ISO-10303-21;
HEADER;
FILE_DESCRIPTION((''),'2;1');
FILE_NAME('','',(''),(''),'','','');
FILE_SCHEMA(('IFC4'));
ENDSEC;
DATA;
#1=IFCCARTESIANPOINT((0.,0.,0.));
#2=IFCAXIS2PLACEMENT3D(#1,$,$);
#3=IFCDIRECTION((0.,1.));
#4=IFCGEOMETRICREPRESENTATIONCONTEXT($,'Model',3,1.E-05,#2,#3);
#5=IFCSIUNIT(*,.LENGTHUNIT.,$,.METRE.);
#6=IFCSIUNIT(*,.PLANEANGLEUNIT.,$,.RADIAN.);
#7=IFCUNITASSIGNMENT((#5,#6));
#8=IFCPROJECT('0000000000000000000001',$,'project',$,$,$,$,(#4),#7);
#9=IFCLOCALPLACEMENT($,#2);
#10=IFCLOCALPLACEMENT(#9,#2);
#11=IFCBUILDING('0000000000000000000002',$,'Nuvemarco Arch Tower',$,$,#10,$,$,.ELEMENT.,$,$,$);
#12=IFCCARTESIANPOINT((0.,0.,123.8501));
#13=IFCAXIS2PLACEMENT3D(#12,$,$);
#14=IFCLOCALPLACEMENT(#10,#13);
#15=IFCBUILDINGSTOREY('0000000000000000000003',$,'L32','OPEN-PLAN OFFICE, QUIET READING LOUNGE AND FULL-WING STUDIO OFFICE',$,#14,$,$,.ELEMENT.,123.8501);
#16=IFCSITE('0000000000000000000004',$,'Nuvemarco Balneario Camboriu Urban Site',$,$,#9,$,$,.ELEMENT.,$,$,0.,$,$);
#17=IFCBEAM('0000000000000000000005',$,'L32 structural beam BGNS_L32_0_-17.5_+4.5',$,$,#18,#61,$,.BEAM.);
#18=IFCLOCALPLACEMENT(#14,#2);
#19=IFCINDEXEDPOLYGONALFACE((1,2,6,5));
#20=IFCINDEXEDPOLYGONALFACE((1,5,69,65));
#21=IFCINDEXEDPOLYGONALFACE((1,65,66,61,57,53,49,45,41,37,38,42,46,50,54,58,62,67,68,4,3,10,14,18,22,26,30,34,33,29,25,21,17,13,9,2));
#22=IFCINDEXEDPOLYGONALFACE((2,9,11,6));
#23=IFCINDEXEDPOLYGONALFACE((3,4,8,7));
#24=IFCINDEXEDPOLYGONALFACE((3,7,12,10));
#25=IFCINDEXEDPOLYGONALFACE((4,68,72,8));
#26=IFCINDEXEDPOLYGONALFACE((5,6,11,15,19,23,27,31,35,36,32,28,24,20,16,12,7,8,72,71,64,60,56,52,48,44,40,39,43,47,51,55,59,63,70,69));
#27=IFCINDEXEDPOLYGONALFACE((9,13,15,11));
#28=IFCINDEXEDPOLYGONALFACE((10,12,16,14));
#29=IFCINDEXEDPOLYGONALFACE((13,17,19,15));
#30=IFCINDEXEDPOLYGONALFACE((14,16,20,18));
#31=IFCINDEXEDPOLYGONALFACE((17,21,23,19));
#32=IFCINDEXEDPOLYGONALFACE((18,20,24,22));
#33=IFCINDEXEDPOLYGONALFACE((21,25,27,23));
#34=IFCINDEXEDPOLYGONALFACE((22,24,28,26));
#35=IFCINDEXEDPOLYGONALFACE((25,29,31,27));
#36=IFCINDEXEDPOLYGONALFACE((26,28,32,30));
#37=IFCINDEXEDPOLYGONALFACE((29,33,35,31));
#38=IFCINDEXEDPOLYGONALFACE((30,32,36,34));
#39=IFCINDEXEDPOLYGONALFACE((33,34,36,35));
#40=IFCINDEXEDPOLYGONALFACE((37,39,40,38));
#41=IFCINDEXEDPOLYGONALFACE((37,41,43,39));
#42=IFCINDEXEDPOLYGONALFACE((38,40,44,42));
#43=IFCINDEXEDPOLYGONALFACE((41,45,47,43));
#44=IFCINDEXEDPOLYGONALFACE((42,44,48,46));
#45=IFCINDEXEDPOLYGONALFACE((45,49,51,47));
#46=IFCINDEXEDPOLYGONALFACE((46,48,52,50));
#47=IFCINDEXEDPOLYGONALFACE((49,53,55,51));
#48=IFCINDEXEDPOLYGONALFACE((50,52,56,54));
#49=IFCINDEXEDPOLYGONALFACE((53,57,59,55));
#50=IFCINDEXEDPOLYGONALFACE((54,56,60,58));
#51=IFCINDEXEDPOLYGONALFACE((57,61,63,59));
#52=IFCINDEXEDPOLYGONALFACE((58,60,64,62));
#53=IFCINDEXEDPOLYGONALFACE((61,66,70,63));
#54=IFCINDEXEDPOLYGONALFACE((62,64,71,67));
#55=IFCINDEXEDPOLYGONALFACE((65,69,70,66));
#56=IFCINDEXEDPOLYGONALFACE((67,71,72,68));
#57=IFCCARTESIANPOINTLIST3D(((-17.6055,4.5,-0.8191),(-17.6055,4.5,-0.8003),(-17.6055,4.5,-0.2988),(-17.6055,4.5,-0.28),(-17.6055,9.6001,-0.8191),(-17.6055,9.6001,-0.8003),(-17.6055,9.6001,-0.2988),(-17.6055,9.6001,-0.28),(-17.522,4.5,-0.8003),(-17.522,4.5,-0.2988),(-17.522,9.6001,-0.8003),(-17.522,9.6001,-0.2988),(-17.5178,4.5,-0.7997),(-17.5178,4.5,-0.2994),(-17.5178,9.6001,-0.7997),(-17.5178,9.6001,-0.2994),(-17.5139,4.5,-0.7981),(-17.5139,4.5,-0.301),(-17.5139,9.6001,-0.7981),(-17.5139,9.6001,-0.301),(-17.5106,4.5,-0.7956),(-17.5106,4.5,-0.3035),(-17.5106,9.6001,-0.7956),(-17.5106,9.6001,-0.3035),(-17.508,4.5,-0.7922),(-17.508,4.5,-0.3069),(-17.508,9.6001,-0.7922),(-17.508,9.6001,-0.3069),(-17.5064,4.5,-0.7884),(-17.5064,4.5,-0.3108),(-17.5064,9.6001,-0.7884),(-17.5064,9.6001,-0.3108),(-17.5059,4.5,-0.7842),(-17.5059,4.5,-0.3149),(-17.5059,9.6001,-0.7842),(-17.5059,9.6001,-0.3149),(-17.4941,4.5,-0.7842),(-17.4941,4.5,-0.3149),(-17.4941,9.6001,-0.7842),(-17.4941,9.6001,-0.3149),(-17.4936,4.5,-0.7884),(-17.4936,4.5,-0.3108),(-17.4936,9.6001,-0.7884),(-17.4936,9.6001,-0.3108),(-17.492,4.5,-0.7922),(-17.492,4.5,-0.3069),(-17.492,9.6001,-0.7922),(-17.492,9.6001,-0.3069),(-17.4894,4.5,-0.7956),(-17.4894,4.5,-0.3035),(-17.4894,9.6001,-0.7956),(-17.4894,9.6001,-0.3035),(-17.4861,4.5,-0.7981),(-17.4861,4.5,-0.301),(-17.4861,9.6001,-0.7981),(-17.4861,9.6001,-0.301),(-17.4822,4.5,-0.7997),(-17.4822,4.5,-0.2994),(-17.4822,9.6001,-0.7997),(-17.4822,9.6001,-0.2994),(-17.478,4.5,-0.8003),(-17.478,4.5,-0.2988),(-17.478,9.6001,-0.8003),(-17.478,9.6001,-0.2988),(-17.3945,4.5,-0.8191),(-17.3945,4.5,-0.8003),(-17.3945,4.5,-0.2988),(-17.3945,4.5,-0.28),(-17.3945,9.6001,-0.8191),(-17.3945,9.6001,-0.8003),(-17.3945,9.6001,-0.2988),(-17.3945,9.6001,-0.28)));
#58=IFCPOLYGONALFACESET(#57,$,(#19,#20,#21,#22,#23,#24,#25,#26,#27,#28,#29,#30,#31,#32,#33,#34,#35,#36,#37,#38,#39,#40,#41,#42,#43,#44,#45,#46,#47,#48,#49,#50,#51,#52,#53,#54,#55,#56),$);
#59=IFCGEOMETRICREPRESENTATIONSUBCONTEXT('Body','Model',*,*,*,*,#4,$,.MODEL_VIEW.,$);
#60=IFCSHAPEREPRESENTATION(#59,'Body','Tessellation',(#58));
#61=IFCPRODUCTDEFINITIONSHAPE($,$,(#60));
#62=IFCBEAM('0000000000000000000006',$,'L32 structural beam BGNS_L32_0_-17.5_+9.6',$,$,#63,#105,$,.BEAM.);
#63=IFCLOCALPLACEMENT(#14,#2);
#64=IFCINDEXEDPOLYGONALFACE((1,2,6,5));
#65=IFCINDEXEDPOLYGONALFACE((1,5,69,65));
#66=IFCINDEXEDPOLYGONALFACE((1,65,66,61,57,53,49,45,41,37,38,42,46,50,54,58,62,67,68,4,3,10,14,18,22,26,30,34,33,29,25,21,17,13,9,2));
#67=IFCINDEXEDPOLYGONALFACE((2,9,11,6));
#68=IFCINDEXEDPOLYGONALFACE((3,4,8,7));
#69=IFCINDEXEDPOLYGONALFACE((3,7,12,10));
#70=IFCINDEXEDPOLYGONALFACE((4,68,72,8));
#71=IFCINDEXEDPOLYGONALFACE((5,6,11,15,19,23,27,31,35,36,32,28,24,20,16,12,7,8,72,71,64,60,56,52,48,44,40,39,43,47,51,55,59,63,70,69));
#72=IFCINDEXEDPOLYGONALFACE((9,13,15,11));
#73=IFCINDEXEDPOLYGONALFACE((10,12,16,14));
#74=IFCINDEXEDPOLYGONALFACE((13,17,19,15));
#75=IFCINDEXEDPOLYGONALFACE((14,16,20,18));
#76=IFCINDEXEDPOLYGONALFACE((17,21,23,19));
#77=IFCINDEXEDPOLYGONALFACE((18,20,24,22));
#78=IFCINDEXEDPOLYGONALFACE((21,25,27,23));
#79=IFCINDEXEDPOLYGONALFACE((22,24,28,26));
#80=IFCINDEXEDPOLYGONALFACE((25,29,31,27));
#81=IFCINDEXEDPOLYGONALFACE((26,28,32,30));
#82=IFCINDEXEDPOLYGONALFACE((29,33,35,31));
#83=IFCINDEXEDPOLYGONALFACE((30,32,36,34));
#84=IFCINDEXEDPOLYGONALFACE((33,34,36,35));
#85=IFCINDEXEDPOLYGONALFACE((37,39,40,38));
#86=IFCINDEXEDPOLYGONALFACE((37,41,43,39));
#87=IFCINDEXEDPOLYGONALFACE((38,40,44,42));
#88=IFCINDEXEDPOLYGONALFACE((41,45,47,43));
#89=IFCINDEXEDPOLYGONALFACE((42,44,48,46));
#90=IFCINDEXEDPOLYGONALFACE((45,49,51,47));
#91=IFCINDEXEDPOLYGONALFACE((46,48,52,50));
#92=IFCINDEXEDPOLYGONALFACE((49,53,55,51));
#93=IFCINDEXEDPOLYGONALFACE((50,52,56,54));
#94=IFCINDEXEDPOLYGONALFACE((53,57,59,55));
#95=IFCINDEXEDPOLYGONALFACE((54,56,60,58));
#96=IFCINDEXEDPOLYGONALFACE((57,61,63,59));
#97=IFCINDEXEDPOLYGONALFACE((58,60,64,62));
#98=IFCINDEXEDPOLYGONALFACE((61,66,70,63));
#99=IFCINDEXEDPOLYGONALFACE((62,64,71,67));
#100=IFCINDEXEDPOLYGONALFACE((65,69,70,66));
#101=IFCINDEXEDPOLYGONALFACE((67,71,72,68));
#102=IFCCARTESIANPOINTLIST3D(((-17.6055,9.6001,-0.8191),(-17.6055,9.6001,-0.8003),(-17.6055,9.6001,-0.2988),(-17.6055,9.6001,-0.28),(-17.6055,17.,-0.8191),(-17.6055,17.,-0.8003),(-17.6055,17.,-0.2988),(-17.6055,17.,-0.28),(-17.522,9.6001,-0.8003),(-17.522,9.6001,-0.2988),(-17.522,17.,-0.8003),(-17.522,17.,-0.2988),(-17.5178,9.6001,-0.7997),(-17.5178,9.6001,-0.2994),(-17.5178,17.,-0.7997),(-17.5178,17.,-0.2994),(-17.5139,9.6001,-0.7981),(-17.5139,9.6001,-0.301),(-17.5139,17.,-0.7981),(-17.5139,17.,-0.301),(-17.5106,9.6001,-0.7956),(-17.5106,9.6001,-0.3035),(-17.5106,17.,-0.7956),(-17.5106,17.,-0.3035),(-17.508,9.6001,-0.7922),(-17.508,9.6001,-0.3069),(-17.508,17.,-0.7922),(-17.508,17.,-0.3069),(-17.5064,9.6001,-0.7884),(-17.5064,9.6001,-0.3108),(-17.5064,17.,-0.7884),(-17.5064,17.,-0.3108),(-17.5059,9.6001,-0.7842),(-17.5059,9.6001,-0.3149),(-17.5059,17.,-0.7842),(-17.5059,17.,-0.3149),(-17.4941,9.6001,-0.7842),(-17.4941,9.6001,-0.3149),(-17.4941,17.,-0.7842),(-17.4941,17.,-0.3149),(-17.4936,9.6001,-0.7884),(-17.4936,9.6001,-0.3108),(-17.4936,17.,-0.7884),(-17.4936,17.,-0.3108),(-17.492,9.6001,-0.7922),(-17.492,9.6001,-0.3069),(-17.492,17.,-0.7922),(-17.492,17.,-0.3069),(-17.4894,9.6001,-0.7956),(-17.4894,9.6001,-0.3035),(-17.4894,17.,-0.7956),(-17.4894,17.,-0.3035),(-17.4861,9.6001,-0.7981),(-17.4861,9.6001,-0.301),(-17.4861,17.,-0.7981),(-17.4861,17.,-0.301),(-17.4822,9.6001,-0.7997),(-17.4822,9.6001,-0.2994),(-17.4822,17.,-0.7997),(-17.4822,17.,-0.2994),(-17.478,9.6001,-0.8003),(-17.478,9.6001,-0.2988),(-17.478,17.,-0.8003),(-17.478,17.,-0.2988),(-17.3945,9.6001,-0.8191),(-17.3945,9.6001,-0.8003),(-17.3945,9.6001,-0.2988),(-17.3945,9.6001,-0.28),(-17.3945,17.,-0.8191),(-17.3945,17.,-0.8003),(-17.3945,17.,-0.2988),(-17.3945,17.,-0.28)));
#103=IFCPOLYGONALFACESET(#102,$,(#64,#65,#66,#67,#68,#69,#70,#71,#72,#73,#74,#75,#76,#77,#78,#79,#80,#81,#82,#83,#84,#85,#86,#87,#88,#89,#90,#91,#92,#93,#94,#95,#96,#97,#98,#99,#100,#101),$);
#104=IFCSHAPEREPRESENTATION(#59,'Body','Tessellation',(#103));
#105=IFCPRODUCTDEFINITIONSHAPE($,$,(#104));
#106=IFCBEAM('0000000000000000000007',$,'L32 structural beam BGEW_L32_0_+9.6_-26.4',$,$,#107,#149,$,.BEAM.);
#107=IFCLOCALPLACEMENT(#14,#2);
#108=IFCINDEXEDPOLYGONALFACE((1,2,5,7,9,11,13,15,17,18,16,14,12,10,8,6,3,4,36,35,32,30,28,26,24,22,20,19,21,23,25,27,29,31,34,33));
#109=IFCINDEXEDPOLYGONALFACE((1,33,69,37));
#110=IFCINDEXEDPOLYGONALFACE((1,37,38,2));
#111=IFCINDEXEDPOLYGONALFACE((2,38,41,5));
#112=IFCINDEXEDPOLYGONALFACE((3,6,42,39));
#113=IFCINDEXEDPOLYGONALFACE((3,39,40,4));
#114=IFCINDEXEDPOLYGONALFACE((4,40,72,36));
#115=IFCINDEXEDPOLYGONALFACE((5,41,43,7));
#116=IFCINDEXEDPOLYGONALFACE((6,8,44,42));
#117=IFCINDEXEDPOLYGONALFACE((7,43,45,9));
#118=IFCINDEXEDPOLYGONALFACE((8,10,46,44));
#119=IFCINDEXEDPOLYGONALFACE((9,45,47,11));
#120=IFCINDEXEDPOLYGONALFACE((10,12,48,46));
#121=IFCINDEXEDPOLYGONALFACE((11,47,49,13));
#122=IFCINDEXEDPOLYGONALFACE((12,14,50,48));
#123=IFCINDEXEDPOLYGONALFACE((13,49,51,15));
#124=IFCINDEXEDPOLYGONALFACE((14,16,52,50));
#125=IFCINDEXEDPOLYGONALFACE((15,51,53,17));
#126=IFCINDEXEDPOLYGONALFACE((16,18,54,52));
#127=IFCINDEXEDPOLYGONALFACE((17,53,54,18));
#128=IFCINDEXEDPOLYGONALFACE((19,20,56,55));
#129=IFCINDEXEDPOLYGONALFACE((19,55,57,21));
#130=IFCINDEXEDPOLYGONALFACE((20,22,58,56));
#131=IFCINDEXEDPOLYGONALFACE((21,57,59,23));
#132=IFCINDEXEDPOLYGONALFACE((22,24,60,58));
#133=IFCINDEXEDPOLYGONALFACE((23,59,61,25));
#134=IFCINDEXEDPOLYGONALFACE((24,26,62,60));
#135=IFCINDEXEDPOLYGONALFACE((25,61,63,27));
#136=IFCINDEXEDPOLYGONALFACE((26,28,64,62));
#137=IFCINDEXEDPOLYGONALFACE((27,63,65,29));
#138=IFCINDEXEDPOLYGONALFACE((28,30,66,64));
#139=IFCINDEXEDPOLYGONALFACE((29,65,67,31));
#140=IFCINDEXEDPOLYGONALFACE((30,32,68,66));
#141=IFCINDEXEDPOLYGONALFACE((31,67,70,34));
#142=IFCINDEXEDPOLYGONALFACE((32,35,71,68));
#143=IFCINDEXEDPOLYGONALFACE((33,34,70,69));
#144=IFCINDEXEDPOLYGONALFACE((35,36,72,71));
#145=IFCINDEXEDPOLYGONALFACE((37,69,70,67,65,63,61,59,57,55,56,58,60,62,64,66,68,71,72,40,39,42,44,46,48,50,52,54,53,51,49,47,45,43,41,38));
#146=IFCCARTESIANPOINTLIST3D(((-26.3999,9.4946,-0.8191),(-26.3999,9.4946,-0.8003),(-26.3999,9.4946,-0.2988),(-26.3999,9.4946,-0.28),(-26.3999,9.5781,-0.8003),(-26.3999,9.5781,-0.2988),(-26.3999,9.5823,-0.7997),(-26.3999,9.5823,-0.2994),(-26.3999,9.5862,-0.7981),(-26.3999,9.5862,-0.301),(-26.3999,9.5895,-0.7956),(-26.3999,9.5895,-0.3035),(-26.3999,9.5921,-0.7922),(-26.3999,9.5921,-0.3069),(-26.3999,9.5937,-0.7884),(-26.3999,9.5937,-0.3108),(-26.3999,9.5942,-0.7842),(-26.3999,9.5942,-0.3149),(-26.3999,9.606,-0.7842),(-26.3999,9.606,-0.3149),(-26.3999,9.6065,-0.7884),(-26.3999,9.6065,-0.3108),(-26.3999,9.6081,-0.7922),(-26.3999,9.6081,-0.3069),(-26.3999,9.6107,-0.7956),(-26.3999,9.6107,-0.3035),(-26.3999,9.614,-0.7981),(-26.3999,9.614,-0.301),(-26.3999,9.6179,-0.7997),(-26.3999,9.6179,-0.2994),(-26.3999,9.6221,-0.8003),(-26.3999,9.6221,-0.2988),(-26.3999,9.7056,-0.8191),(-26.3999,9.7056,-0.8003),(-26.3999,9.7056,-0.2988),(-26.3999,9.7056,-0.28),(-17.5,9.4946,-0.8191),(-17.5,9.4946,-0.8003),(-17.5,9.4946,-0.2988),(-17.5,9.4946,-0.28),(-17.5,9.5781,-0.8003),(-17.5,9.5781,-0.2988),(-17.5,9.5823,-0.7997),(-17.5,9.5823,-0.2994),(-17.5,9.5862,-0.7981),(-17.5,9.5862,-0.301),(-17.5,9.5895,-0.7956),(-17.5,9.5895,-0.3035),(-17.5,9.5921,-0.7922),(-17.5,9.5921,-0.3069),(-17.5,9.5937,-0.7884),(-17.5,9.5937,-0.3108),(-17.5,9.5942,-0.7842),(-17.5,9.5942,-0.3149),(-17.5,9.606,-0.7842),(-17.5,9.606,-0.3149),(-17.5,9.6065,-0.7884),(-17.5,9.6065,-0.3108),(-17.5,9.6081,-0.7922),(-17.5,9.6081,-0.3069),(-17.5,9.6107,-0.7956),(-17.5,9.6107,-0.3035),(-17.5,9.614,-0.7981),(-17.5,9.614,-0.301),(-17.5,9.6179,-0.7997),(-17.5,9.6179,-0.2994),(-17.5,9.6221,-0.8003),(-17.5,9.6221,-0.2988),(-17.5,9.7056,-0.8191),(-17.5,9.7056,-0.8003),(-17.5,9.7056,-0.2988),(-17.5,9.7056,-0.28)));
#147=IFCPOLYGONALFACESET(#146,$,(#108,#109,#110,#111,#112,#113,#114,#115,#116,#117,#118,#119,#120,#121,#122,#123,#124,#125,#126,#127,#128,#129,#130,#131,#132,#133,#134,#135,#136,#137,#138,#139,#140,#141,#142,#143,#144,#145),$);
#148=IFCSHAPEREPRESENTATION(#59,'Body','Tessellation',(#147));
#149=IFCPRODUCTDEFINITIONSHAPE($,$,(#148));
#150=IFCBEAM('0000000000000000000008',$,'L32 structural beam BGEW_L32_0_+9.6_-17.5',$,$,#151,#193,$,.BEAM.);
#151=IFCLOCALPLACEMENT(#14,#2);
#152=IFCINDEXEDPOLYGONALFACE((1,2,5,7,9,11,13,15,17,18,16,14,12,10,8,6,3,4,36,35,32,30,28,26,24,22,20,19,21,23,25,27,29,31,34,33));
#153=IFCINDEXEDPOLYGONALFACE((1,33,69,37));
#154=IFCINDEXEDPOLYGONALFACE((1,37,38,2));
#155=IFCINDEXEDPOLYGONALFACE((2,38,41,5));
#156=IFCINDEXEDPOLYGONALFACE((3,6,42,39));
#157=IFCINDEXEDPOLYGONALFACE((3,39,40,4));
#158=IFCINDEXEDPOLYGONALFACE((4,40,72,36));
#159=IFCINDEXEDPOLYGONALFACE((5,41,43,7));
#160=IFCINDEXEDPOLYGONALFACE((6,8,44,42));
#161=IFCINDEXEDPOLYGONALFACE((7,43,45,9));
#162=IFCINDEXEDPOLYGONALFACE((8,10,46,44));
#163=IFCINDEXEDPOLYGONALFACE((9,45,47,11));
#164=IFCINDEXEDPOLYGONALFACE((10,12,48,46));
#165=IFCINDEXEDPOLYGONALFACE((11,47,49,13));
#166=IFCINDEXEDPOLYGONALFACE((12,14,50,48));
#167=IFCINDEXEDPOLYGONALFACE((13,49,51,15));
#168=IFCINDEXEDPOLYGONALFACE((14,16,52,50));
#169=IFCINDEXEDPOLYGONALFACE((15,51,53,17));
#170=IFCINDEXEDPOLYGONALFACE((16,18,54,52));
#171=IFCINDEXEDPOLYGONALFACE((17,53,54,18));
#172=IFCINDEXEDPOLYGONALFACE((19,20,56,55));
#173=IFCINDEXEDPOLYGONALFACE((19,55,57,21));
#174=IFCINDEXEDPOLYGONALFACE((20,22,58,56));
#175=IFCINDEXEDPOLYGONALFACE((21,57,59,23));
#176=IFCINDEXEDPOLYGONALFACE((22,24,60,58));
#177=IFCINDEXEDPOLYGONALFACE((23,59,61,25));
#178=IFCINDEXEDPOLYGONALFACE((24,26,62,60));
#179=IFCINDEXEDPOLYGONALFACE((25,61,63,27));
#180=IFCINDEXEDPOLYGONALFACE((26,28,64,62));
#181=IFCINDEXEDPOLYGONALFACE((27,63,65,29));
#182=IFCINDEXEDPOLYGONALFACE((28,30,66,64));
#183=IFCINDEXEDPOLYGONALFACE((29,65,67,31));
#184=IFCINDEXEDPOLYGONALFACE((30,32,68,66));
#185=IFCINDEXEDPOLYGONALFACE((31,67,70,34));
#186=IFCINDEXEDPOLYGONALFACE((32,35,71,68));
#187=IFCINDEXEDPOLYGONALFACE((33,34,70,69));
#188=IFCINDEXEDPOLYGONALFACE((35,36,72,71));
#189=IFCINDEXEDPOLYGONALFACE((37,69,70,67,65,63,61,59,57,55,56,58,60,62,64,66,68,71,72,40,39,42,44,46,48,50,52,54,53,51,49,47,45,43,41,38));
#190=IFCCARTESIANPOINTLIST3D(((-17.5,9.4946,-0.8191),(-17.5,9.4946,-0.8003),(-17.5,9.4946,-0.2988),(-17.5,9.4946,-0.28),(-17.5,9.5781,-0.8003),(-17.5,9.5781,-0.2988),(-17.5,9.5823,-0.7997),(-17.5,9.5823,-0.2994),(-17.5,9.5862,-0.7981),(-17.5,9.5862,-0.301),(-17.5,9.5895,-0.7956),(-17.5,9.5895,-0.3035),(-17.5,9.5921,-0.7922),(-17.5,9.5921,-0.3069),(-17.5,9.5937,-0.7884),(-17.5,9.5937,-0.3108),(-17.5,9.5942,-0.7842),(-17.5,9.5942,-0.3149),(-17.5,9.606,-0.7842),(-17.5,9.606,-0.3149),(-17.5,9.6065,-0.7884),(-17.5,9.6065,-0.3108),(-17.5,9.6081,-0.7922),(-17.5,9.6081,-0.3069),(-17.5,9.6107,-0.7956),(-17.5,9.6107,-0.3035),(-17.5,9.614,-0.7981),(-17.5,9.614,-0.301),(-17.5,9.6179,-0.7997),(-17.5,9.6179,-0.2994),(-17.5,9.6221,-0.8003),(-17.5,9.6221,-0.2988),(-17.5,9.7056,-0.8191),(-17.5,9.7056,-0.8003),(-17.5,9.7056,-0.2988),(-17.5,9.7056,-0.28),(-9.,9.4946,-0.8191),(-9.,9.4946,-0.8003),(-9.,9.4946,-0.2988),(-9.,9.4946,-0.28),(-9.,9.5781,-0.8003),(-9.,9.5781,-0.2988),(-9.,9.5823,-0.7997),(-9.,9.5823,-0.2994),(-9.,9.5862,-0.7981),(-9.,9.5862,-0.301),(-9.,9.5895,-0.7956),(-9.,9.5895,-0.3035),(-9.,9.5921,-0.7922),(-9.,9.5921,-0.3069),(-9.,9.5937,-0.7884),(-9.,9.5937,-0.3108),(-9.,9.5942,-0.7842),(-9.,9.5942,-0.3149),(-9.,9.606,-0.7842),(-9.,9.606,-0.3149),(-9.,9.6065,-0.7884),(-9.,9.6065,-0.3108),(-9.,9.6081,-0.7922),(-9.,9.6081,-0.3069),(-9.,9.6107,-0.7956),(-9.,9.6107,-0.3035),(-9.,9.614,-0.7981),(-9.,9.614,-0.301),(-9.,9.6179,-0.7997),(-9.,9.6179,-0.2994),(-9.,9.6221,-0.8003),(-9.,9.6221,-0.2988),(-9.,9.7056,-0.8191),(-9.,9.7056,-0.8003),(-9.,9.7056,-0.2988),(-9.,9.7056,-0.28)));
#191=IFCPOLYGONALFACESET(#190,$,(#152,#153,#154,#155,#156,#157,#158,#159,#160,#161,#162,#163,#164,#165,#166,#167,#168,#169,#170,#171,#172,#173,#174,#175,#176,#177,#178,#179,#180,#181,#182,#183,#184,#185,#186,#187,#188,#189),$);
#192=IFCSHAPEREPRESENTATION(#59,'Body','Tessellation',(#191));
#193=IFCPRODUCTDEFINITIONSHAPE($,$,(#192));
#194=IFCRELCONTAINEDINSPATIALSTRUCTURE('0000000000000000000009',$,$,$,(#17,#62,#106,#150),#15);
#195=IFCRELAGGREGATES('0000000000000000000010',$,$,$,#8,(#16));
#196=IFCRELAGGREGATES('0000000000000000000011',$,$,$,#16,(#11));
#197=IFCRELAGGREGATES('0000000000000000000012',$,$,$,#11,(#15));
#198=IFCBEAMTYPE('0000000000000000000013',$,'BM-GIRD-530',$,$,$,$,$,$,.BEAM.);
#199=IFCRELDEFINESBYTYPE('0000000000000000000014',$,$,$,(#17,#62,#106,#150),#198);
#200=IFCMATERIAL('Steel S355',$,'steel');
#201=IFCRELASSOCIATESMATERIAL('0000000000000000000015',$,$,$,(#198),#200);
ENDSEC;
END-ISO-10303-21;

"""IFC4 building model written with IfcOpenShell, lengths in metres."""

from ifc_helpers import new_model, si_unit, direction, frame, origin, origin_2d, place, context, subcontext, project, spatial, i_section, extrude, material, material_profile, profile_set, type_object, element, save


model = new_model("IFC4")

# Units and contexts
model_context = context("Model", 3, precision=1e-05, world=origin(), true_north=direction((0.0, 1.0)))
body_context = subcontext(model_context, "Body", "Model", "MODEL_VIEW")
ifc_project = project(units=[si_unit("LENGTHUNIT", "METRE"), si_unit("PLANEANGLEUNIT", "RADIAN")], contexts=[model_context])

# Site, building, storey
site_placement = place(None, origin())
site = spatial("IfcSite", under=ifc_project, at=site_placement, Name="Nuvemarco Balneario Camboriu Urban Site", CompositionType="ELEMENT", RefElevation=0.0)
building_placement = place(site_placement, origin())
building = spatial("IfcBuilding", under=site, at=building_placement, Name="Nuvemarco Arch Tower", CompositionType="ELEMENT")
storey_placement = place(building_placement, frame((0.0, 0.0, 123.8501)))
storey = spatial("IfcBuildingStorey", under=building, at=storey_placement, Name="L32", Description="OPEN-PLAN OFFICE, QUIET READING LOUNGE AND FULL-WING STUDIO OFFICE", CompositionType="ELEMENT", Elevation=123.8501)

# Shared definitions
ifc_material_1 = material(Name="Steel S355", Category="steel")

# Beams
ifc_material_profile_1 = material_profile(ifc_material_1, i_section(OverallWidth=0.2109, OverallDepth=0.5391, WebThickness=0.0117, FlangeThickness=0.0188, FilletRadius=0.0161, at=origin_2d()), Name="W530x109")
ifc_profile_set_1 = profile_set([ifc_material_profile_1], Name="Steel S355")
beam_type_1 = type_object("IfcBeamType", Name="BM-GIRD-530", PredefinedType="BEAM", material=ifc_profile_set_1)
beam_1_placement = place(storey_placement, frame((-17.5, 4.5, -0.5496), z_axis=(0.0, 1.0, 0.0), x_axis=(-1.0, 0.0, 0.0)))
element("IfcBeam", 1, at=beam_1_placement, inside=storey, type_object=beam_type_1, Name="L32 structural beam BGNS_L32_0_-17.5_+4.5", PredefinedType="BEAM", context=body_context, shape_type="SweptSolid", body=[
    extrude(i_section(OverallWidth=0.2109, OverallDepth=0.5391, WebThickness=0.0117, FlangeThickness=0.0188, FilletRadius=0.0161, at=origin_2d()), origin(), (0.0, 0.0, 1.0), 5.1001),
])
beam_2_placement = place(storey_placement, frame((-17.5, 9.6001, -0.5496), z_axis=(0.0, 1.0, 0.0), x_axis=(-1.0, 0.0, 0.0)))
element("IfcBeam", 2, at=beam_2_placement, inside=storey, type_object=beam_type_1, Name="L32 structural beam BGNS_L32_0_-17.5_+9.6", PredefinedType="BEAM", context=body_context, shape_type="SweptSolid", body=[
    extrude(i_section(OverallWidth=0.2109, OverallDepth=0.5391, WebThickness=0.0117, FlangeThickness=0.0188, FilletRadius=0.0161, at=origin_2d()), origin(), (0.0, 0.0, 1.0), 7.3999),
])
beam_3_placement = place(storey_placement, frame((-26.3999, 9.6001, -0.5496), z_axis=(1.0, 0.0, 0.0), x_axis=(0.0, 1.0, 0.0)))
element("IfcBeam", 3, at=beam_3_placement, inside=storey, type_object=beam_type_1, Name="L32 structural beam BGEW_L32_0_+9.6_-26.4", PredefinedType="BEAM", context=body_context, shape_type="SweptSolid", body=[
    extrude(i_section(OverallWidth=0.2109, OverallDepth=0.5391, WebThickness=0.0117, FlangeThickness=0.0188, FilletRadius=0.0161, at=origin_2d()), origin(), (0.0, 0.0, 1.0), 8.8999),
])
beam_4_placement = place(storey_placement, frame((-17.5, 9.6001, -0.5496), z_axis=(1.0, 0.0, 0.0), x_axis=(0.0, 1.0, 0.0)))
element("IfcBeam", 4, at=beam_4_placement, inside=storey, type_object=beam_type_1, Name="L32 structural beam BGEW_L32_0_+9.6_-17.5", PredefinedType="BEAM", context=body_context, shape_type="SweptSolid", body=[
    extrude(i_section(OverallWidth=0.2109, OverallDepth=0.5391, WebThickness=0.0117, FlangeThickness=0.0188, FilletRadius=0.0161, at=origin_2d()), origin(), (0.0, 0.0, 1.0), 8.5),
])

save(model, "model.ifc")
